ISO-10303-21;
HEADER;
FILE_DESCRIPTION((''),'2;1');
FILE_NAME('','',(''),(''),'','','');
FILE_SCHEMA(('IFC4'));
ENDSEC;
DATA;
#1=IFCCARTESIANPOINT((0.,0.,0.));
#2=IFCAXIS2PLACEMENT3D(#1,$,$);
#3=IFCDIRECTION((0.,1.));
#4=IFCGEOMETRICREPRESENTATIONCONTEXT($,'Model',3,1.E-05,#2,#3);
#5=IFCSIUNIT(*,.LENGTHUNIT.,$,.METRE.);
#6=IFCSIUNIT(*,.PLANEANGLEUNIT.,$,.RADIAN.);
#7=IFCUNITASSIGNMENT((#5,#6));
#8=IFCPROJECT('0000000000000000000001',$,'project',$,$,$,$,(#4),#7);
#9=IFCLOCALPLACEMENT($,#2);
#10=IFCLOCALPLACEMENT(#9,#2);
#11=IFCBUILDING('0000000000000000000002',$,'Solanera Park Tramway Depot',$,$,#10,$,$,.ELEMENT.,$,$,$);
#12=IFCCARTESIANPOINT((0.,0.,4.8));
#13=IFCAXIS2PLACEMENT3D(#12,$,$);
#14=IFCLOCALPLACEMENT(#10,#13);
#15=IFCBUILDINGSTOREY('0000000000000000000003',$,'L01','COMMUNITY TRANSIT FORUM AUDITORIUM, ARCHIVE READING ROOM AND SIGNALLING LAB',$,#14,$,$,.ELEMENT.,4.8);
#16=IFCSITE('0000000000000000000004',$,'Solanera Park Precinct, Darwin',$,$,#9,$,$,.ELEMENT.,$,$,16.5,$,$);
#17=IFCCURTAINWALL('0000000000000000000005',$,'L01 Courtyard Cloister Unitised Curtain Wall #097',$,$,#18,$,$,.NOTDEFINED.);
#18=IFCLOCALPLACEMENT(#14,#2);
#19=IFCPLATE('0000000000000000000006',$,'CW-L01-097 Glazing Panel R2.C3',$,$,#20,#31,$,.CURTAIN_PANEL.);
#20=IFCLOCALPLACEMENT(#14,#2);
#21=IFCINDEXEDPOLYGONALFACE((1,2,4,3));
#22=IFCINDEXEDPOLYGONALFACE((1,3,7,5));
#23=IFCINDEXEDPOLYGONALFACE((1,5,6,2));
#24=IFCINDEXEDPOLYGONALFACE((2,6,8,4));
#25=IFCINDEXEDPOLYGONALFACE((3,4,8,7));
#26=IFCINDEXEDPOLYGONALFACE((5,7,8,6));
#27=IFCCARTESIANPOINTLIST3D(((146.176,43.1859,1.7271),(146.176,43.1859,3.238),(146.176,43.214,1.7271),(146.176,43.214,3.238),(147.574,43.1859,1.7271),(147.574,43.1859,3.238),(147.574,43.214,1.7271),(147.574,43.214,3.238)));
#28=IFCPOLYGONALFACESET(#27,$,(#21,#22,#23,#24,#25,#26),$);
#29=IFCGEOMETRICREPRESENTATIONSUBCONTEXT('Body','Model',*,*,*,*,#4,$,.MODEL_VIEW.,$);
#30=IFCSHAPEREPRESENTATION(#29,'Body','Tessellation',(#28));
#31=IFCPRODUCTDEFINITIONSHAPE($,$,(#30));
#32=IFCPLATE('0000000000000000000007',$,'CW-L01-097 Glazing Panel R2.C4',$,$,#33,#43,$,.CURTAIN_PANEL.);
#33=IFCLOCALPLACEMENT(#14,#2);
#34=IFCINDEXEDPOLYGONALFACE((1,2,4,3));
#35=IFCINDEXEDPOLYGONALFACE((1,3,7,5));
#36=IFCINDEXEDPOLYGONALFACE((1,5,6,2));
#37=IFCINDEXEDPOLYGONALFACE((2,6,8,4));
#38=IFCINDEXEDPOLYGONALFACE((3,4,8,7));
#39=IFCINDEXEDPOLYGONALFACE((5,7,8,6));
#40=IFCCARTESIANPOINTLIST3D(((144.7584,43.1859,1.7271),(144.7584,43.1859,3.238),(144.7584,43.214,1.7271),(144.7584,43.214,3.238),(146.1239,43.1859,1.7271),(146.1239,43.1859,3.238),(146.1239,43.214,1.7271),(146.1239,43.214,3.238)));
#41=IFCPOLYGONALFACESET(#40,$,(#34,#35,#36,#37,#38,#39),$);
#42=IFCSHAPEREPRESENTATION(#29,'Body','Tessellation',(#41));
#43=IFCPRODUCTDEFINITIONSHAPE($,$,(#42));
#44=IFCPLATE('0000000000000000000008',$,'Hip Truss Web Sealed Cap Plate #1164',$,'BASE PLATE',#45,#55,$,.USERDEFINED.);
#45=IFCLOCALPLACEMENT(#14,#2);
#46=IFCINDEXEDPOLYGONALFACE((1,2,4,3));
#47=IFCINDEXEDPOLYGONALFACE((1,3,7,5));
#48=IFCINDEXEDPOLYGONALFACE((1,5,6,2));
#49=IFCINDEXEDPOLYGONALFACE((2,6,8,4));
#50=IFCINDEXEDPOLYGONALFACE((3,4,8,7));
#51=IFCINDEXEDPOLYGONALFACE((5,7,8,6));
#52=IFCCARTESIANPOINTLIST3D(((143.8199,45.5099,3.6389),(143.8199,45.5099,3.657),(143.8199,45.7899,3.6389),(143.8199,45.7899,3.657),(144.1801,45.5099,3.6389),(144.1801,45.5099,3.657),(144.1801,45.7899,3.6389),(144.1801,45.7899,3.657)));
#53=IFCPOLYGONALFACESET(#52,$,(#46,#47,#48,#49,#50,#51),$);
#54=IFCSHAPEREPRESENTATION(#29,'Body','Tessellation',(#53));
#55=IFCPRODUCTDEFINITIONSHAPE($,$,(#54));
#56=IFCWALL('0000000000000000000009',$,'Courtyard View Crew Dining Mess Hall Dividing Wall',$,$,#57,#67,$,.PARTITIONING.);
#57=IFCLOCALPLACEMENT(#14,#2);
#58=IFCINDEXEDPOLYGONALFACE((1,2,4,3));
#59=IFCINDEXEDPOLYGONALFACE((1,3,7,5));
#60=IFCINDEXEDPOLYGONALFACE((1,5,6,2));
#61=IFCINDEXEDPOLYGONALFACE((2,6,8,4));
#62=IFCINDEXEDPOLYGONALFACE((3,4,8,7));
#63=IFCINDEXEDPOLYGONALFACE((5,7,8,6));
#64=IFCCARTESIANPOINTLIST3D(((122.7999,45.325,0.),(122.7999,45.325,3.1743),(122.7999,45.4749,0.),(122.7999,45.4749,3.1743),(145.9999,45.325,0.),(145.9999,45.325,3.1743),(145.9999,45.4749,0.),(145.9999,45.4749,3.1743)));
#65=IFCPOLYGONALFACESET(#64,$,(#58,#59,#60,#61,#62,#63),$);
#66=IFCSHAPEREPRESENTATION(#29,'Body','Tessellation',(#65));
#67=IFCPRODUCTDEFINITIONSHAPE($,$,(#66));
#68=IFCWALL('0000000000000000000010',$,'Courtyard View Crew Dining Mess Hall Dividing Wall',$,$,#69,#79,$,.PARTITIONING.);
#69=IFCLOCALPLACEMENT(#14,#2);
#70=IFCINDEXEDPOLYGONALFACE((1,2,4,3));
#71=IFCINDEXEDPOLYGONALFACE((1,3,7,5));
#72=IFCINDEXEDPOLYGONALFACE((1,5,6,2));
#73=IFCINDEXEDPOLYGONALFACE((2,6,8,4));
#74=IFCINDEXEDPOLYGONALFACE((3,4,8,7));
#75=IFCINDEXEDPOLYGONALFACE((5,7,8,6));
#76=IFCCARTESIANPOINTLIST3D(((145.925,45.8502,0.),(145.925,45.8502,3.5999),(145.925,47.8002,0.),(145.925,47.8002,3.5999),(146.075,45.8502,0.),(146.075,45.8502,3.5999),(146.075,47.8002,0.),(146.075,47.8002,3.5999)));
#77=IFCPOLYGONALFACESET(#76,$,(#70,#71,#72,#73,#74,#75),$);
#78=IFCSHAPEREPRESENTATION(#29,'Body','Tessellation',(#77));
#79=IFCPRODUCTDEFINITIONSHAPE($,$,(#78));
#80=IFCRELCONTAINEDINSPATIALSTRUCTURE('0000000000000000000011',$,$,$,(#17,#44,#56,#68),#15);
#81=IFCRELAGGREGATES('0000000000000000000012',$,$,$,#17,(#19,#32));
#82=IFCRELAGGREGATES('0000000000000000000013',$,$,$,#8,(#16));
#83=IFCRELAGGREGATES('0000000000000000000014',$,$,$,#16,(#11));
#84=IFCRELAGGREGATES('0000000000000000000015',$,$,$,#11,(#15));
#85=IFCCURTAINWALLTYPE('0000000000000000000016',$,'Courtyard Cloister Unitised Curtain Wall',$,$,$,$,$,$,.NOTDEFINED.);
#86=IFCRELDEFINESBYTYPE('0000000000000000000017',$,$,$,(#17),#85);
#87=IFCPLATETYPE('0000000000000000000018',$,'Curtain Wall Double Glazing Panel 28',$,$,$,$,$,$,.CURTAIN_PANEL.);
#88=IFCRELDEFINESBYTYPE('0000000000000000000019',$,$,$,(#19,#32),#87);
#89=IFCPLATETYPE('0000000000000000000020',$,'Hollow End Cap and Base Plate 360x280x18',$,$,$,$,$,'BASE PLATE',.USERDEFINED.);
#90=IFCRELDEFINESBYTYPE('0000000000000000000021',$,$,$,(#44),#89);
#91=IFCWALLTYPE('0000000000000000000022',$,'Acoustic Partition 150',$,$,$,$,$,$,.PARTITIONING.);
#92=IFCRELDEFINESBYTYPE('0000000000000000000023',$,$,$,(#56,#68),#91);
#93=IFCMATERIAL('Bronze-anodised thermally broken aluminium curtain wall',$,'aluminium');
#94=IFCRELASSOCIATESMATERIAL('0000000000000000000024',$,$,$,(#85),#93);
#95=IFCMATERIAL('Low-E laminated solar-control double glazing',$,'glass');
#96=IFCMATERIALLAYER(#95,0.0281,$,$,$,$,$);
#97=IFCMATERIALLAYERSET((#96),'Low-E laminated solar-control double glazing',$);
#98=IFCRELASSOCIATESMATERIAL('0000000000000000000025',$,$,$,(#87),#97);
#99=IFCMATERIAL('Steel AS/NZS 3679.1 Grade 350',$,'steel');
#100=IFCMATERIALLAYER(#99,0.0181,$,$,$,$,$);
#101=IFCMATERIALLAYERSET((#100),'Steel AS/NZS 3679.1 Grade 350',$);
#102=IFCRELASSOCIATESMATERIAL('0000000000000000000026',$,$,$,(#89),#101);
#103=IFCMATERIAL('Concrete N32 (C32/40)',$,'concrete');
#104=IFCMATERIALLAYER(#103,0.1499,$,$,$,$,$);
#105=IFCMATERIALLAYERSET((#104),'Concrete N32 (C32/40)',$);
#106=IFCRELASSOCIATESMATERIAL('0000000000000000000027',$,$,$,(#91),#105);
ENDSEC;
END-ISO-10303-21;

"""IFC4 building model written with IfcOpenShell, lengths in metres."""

from ifc_helpers import new_model, si_unit, direction, frame, frame_2d, origin, origin_2d, place, context, subcontext, project, spatial, rectangle, extrude, material, layer, layer_set, type_object, element, aggregate, save


model = new_model("IFC4")

# Units and contexts
model_context = context("Model", 3, precision=1e-05, world=origin(), true_north=direction((0.0, 1.0)))
body_context = subcontext(model_context, "Body", "Model", "MODEL_VIEW")
ifc_project = project(units=[si_unit("LENGTHUNIT", "METRE"), si_unit("PLANEANGLEUNIT", "RADIAN")], contexts=[model_context])

# Site, building, storey
site_placement = place(None, origin())
site = spatial("IfcSite", under=ifc_project, at=site_placement, Name="Solanera Park Precinct, Darwin", CompositionType="ELEMENT", RefElevation=16.5)
building_placement = place(site_placement, origin())
building = spatial("IfcBuilding", under=site, at=building_placement, Name="Solanera Park Tramway Depot", CompositionType="ELEMENT")
storey_placement = place(building_placement, frame((0.0, 0.0, 4.8)))
storey = spatial("IfcBuildingStorey", under=building, at=storey_placement, Name="L01", Description="COMMUNITY TRANSIT FORUM AUDITORIUM, ARCHIVE READING ROOM AND SIGNALLING LAB", CompositionType="ELEMENT", Elevation=4.8)

# Shared definitions
ifc_material_1 = material(Name="Bronze-anodised thermally broken aluminium curtain wall", Category="aluminium")
curtain_wall_type = type_object("IfcCurtainWallType", Name="Courtyard Cloister Unitised Curtain Wall", PredefinedType="NOTDEFINED", material=ifc_material_1)

# Curtain wall
curtain_wall_1_placement = place(storey_placement, origin())
curtain_wall_1 = element("IfcCurtainWall", 1, at=curtain_wall_1_placement, inside=storey, type_object=curtain_wall_type, Name="L01 Courtyard Cloister Unitised Curtain Wall #097", PredefinedType="NOTDEFINED")

# Plates
ifc_material_2 = material(Name="Low-E laminated solar-control double glazing", Category="glass")
ifc_layer_1 = layer(ifc_material_2, 0.0281)
ifc_layer_set_1 = layer_set([ifc_layer_1], Name="Low-E laminated solar-control double glazing")
plate_type_1 = type_object("IfcPlateType", Name="Curtain Wall Double Glazing Panel 28", PredefinedType="CURTAIN_PANEL", material=ifc_layer_set_1)
plate_1_placement = place(storey_placement, frame((146.875, 43.2, 1.7271), z_axis=(0.0, 0.0, 1.0), x_axis=(-1.0, 0.0, 0.0)))
plate_1 = element("IfcPlate", 2, at=plate_1_placement, type_object=plate_type_1, Name="CW-L01-097 Glazing Panel R2.C3", PredefinedType="CURTAIN_PANEL", context=body_context, shape_type="SweptSolid", body=[
    extrude(rectangle(XDim=1.3979, YDim=0.0281, at=origin_2d()), origin(), (0.0, 0.0, 1.0), 1.511),
])
plate_2_placement = place(storey_placement, frame((145.4412, 43.2, 1.7271), z_axis=(0.0, 0.0, 1.0), x_axis=(-1.0, 0.0, 0.0)))
plate_2 = element("IfcPlate", 3, at=plate_2_placement, type_object=plate_type_1, Name="CW-L01-097 Glazing Panel R2.C4", PredefinedType="CURTAIN_PANEL", context=body_context, shape_type="SweptSolid", body=[
    extrude(rectangle(XDim=1.3655, YDim=0.0281, at=origin_2d()), origin(), (0.0, 0.0, 1.0), 1.511),
])
aggregate(curtain_wall_1, [plate_1, plate_2])
ifc_material_3 = material(Name="Steel AS/NZS 3679.1 Grade 350", Category="steel")
ifc_layer_2 = layer(ifc_material_3, 0.0181)
ifc_layer_set_2 = layer_set([ifc_layer_2], Name="Steel AS/NZS 3679.1 Grade 350")
plate_type_2 = type_object("IfcPlateType", Name="Hollow End Cap and Base Plate 360x280x18", ElementType="BASE PLATE", PredefinedType="USERDEFINED", material=ifc_layer_set_2)
plate_3_placement = place(storey_placement, frame((144.0, 45.6499, 3.6389), z_axis=(0.0, 0.0, 1.0), x_axis=(1.0, 0.0, 0.0)))
element("IfcPlate", 4, at=plate_3_placement, inside=storey, type_object=plate_type_2, Name="Hip Truss Web Sealed Cap Plate #1164", ObjectType="BASE PLATE", PredefinedType="USERDEFINED", context=body_context, shape_type="SweptSolid", body=[
    extrude(rectangle(XDim=0.3601, YDim=0.28, at=origin_2d()), origin(), (0.0, 0.0, 1.0), 0.0181),
])

# Walls
ifc_material_4 = material(Name="Concrete N32 (C32/40)", Category="concrete")
ifc_layer_3 = layer(ifc_material_4, 0.1499)
ifc_layer_set_3 = layer_set([ifc_layer_3], Name="Concrete N32 (C32/40)")
wall_type = type_object("IfcWallType", Name="Acoustic Partition 150", PredefinedType="PARTITIONING", material=ifc_layer_set_3)
wall_1_placement = place(storey_placement, frame((146.0, 45.3999, 0.0), z_axis=(0.0, 0.0, 1.0), x_axis=(-1.0, 0.0, 0.0)))
element("IfcWall", 5, at=wall_1_placement, inside=storey, type_object=wall_type, Name="Courtyard View Crew Dining Mess Hall Dividing Wall", PredefinedType="PARTITIONING", context=body_context, shape_type="SweptSolid", body=[
    extrude(rectangle(XDim=23.2, YDim=0.1499, at=frame_2d((11.6001, 0.0))), origin(), (0.0, 0.0, 1.0), 3.1743),
])
wall_2_placement = place(storey_placement, frame((146.0, 45.8501, 0.0), z_axis=(0.0, 0.0, 1.0), x_axis=(0.0, 1.0, 0.0)))
element("IfcWall", 6, at=wall_2_placement, inside=storey, type_object=wall_type, Name="Courtyard View Crew Dining Mess Hall Dividing Wall", PredefinedType="PARTITIONING", context=body_context, shape_type="SweptSolid", body=[
    extrude(rectangle(XDim=1.95, YDim=0.1499, at=frame_2d((0.9751, 0.0))), origin(), (0.0, 0.0, 1.0), 3.5999),
])

save(model, "model.ifc")
